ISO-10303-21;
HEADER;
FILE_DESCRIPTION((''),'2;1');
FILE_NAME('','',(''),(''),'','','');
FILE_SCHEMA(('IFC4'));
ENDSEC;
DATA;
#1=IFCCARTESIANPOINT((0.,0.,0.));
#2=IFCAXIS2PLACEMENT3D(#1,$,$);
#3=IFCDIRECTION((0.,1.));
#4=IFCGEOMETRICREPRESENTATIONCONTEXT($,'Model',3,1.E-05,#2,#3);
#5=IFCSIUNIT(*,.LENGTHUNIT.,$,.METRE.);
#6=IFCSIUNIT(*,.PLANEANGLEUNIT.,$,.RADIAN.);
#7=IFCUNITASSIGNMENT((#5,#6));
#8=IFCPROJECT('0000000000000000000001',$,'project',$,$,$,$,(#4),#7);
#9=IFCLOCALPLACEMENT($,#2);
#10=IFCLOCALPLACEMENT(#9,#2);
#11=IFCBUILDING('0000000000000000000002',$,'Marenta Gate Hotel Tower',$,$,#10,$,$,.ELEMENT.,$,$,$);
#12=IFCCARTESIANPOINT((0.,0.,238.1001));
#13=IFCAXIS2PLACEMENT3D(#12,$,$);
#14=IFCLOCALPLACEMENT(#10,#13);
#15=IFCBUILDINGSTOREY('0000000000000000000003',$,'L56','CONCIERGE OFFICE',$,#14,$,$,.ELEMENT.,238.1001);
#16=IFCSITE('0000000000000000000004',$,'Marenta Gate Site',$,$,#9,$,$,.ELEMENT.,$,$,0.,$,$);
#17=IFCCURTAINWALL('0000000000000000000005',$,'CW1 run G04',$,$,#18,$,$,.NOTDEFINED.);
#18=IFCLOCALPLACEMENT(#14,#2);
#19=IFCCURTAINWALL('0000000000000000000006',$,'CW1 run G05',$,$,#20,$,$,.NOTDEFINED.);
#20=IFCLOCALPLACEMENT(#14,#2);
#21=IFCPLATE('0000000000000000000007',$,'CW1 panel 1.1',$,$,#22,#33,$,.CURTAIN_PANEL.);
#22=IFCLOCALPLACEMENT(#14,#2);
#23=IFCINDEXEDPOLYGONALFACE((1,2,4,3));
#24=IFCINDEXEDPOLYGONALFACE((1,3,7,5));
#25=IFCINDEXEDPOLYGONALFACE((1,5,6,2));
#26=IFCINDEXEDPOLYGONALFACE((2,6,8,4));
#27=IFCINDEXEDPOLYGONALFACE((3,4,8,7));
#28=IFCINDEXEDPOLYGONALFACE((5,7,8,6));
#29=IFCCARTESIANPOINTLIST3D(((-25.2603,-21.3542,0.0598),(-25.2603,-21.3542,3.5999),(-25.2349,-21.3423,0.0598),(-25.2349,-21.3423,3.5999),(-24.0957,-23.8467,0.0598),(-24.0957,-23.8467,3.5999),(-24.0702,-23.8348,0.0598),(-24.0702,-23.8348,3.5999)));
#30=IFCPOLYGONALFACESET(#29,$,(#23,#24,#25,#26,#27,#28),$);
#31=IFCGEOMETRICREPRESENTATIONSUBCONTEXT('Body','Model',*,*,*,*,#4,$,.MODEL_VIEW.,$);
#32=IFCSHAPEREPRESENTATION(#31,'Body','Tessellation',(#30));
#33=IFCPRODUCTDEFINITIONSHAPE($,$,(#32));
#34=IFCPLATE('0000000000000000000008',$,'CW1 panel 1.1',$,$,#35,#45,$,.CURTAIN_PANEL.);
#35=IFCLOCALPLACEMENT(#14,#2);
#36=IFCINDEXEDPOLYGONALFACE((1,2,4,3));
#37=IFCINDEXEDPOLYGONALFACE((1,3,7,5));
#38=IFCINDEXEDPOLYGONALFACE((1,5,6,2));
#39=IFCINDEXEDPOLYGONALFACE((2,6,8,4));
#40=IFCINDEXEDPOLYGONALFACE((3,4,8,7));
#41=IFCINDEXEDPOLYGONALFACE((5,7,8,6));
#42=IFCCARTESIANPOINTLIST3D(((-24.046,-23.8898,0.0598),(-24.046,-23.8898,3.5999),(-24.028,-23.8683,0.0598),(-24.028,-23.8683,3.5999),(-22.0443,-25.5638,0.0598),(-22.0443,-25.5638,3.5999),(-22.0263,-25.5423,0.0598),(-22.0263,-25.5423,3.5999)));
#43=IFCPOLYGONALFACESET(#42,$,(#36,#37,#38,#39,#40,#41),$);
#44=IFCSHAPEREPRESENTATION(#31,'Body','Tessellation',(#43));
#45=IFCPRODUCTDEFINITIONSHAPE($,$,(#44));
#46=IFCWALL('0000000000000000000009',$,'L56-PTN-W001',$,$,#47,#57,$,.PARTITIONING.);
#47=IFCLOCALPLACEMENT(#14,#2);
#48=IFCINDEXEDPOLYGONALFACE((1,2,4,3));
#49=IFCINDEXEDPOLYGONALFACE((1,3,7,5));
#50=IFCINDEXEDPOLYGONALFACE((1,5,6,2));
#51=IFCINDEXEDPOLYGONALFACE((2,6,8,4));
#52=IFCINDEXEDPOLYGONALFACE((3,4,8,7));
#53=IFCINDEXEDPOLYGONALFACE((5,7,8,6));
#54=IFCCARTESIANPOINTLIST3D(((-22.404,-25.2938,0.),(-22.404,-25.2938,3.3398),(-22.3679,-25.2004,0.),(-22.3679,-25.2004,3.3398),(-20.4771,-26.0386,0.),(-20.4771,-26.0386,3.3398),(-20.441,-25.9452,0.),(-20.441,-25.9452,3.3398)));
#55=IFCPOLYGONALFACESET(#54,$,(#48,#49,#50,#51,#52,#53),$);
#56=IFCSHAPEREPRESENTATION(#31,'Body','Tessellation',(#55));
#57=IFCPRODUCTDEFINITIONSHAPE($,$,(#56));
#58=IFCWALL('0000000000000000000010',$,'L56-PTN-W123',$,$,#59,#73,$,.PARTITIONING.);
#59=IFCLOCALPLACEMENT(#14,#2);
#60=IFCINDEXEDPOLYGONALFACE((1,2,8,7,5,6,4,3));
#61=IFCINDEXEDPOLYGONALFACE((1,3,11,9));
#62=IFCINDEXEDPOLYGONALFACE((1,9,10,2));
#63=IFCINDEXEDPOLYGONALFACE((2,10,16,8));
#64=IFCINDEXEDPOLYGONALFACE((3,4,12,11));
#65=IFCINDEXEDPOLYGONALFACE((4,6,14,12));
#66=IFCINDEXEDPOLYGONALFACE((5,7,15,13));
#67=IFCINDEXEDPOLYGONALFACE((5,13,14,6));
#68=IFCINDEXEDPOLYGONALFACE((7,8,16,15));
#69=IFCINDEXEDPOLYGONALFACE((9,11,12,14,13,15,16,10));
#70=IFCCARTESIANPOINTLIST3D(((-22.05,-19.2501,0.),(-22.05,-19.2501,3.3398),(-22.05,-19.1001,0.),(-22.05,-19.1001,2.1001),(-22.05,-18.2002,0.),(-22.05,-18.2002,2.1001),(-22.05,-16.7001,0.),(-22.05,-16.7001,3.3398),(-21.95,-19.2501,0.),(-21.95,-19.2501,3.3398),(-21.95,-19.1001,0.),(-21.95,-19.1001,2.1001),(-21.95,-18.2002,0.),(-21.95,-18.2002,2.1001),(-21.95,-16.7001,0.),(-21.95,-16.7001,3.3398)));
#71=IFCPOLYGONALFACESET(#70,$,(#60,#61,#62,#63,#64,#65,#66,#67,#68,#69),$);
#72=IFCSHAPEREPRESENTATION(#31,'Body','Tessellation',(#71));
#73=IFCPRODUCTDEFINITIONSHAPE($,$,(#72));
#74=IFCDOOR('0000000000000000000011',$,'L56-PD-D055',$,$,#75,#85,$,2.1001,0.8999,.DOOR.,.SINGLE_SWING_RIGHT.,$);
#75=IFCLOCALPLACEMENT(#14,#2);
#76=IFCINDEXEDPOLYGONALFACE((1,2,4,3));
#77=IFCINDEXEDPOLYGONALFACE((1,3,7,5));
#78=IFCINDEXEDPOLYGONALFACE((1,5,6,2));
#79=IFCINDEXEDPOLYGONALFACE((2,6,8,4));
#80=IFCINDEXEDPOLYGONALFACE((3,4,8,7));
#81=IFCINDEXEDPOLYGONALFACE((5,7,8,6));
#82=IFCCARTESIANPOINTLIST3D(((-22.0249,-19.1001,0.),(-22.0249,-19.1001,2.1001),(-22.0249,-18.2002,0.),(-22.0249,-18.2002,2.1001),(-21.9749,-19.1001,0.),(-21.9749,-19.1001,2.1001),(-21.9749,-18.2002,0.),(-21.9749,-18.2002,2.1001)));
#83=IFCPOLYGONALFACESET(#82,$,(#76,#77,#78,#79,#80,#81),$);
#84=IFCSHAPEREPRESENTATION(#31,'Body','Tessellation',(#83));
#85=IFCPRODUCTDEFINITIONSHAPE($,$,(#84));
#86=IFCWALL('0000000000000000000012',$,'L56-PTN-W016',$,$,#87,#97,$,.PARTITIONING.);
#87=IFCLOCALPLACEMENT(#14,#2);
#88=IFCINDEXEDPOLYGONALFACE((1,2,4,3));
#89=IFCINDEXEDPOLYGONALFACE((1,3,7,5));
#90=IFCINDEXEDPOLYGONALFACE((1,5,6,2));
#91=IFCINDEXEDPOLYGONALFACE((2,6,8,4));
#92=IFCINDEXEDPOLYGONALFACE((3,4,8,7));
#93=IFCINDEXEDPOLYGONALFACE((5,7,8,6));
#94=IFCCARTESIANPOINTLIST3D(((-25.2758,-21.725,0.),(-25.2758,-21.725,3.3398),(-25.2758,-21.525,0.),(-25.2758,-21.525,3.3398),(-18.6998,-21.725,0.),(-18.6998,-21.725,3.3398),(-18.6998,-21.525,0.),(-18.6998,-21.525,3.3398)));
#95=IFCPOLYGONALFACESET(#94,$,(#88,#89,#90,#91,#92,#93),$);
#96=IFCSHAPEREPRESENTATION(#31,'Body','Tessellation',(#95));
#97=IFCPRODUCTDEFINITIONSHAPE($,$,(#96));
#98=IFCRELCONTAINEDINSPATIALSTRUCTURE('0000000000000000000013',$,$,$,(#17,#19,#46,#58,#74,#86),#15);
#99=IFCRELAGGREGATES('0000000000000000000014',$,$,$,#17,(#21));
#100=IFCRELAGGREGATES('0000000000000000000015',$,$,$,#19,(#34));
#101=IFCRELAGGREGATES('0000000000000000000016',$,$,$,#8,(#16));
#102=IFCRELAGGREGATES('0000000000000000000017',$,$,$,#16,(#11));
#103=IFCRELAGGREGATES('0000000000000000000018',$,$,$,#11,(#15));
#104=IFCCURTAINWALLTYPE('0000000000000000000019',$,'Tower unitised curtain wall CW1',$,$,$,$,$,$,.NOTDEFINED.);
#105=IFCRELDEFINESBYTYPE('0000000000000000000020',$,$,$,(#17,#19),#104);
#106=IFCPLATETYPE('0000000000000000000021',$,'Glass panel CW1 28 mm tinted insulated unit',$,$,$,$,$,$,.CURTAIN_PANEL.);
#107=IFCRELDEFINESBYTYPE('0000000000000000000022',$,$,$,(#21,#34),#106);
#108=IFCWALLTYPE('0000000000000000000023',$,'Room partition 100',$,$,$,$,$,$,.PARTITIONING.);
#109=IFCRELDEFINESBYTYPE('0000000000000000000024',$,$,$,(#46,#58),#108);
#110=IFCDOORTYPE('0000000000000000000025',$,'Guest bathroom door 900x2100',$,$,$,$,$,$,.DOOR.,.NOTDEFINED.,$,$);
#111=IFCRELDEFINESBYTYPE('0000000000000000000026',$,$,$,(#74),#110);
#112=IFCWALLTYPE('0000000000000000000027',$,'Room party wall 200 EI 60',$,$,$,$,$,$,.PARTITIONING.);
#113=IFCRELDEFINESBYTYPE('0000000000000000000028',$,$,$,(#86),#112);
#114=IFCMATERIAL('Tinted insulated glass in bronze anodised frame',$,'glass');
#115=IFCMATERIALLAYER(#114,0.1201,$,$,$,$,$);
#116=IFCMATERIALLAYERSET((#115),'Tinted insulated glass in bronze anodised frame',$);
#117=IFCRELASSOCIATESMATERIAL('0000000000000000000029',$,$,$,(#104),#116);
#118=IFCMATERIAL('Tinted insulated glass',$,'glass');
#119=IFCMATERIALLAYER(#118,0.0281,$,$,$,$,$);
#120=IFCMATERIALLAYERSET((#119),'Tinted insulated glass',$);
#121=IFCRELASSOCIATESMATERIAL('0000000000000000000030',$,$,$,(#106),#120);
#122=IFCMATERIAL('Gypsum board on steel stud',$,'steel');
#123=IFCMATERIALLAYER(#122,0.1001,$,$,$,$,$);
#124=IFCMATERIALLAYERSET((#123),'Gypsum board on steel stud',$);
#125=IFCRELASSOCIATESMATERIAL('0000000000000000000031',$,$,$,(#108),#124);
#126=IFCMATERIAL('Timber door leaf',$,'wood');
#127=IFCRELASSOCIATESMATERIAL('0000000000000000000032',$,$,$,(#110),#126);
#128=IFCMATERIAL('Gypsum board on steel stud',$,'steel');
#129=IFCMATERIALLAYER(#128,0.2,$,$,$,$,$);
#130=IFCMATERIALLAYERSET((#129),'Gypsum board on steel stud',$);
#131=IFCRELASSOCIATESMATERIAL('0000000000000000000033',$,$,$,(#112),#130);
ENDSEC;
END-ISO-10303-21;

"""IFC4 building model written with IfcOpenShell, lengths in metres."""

from ifc_helpers import new_model, si_unit, direction, frame, frame_2d, origin, origin_2d, place, context, subcontext, project, spatial, rectangle, extrude, material, layer, layer_set, type_object, element, fill, aggregate, save


model = new_model("IFC4")

# Units and contexts
model_context = context("Model", 3, precision=1e-05, world=origin(), true_north=direction((0.0, 1.0)))
body_context = subcontext(model_context, "Body", "Model", "MODEL_VIEW")
ifc_project = project(units=[si_unit("LENGTHUNIT", "METRE"), si_unit("PLANEANGLEUNIT", "RADIAN")], contexts=[model_context])

# Site, building, storey
site_placement = place(None, origin())
site = spatial("IfcSite", under=ifc_project, at=site_placement, Name="Marenta Gate Site", CompositionType="ELEMENT", RefElevation=0.0)
building_placement = place(site_placement, origin())
building = spatial("IfcBuilding", under=site, at=building_placement, Name="Marenta Gate Hotel Tower", CompositionType="ELEMENT")
storey_placement = place(building_placement, frame((0.0, 0.0, 238.1001)))
storey = spatial("IfcBuildingStorey", under=building, at=storey_placement, Name="L56", Description="CONCIERGE OFFICE", CompositionType="ELEMENT", Elevation=238.1001)

# Curtain walls
ifc_material_1 = material(Name="Tinted insulated glass in bronze anodised frame", Category="glass")
ifc_layer_1 = layer(ifc_material_1, 0.1201)
ifc_layer_set_1 = layer_set([ifc_layer_1], Name="Tinted insulated glass in bronze anodised frame")
curtain_wall_type = type_object("IfcCurtainWallType", Name="Tower unitised curtain wall CW1", PredefinedType="NOTDEFINED", material=ifc_layer_set_1)
curtain_wall_1_placement = place(storey_placement, origin())
curtain_wall_1 = element("IfcCurtainWall", 1, at=curtain_wall_1_placement, inside=storey, type_object=curtain_wall_type, Name="CW1 run G04", PredefinedType="NOTDEFINED")
curtain_wall_2_placement = place(storey_placement, origin())
curtain_wall_2 = element("IfcCurtainWall", 2, at=curtain_wall_2_placement, inside=storey, type_object=curtain_wall_type, Name="CW1 run G05", PredefinedType="NOTDEFINED")

# Plates
ifc_material_2 = material(Name="Tinted insulated glass", Category="glass")
ifc_layer_2 = layer(ifc_material_2, 0.0281)
ifc_layer_set_2 = layer_set([ifc_layer_2], Name="Tinted insulated glass")
plate_type = type_object("IfcPlateType", Name="Glass panel CW1 28 mm tinted insulated unit", PredefinedType="CURTAIN_PANEL", material=ifc_layer_set_2)
plate_1_placement = place(storey_placement, frame((-24.6653, -22.5945, 0.0598), z_axis=(0.0, 0.0, 1.0), x_axis=(0.423337, -0.905972, 0.0)))
plate_1 = element("IfcPlate", 3, at=plate_1_placement, type_object=plate_type, Name="CW1 panel 1.1", PredefinedType="CURTAIN_PANEL", context=body_context, shape_type="SweptSolid", body=[
    extrude(rectangle(XDim=2.7512, YDim=0.0281, at=origin_2d()), origin(), (0.0, 0.0, 1.0), 3.54),
])
aggregate(curtain_wall_1, [plate_1])
plate_2_placement = place(storey_placement, frame((-23.0361, -24.7161, 0.0598), z_axis=(0.0, 0.0, 1.0), x_axis=(0.767102, -0.641525, 0.0)))
plate_2 = element("IfcPlate", 4, at=plate_2_placement, type_object=plate_type, Name="CW1 panel 1.1", PredefinedType="CURTAIN_PANEL", context=body_context, shape_type="SweptSolid", body=[
    extrude(rectangle(XDim=2.6094, YDim=0.0281, at=origin_2d()), origin(), (0.0, 0.0, 1.0), 3.54),
])
aggregate(curtain_wall_2, [plate_2])

# Wall
ifc_material_3 = material(Name="Gypsum board on steel stud", Category="steel")
ifc_layer_3 = layer(ifc_material_3, 0.1001)
ifc_layer_set_3 = layer_set([ifc_layer_3], Name="Gypsum board on steel stud")
wall_type_1 = type_object("IfcWallType", Name="Room partition 100", PredefinedType="PARTITIONING", material=ifc_layer_set_3)
wall_1_placement = place(storey_placement, frame((-22.386, -25.2471, 0.0), z_axis=(0.0, 0.0, 1.0), x_axis=(0.932741, -0.360546, 0.0)))
element("IfcWall", 5, at=wall_1_placement, inside=storey, type_object=wall_type_1, Name="L56-PTN-W001", PredefinedType="PARTITIONING", context=body_context, shape_type="SweptSolid", body=[
    extrude(rectangle(XDim=2.0659, YDim=0.1001, at=frame_2d((1.033, 0.0))), origin(), (0.0, 0.0, 1.0), 3.3398),
])

# Wall, opening, door
wall_2_placement = place(storey_placement, frame((-22.0, -19.25, 0.0), z_axis=(0.0, 0.0, 1.0), x_axis=(0.0, 1.0, 0.0)))
wall_2 = element("IfcWall", 6, at=wall_2_placement, inside=storey, type_object=wall_type_1, Name="L56-PTN-W123", PredefinedType="PARTITIONING", context=body_context, shape_type="SweptSolid", body=[
    extrude(rectangle(XDim=2.55, YDim=0.1001, at=frame_2d((1.2749, 0.0))), origin(), (0.0, 0.0, 1.0), 3.3398),
])
opening_placement = place(wall_2_placement, frame((0.1499, 0.0, 0.0)))
opening = element("IfcOpeningElement", 7, at=opening_placement, cuts=wall_2, PredefinedType="OPENING", context=body_context, shape_type="SweptSolid", body=[
    extrude(rectangle(XDim=0.8999, YDim=2.1001, at=frame_2d((0.45, 1.05))), frame((0.0, 0.05, 0.0), z_axis=(0.0, -1.0, 0.0), x_axis=(1.0, 0.0, 0.0)), (0.0, 0.0, 1.0), 0.1001),
])
ifc_material_4 = material(Name="Timber door leaf", Category="wood")
door_type = type_object("IfcDoorType", Name="Guest bathroom door 900x2100", OperationType="NOTDEFINED", PredefinedType="DOOR", material=ifc_material_4)
door_placement = place(opening_placement, origin())
door = element("IfcDoor", 8, at=door_placement, inside=storey, type_object=door_type, Name="L56-PD-D055", OperationType="SINGLE_SWING_RIGHT", OverallHeight=2.1001, OverallWidth=0.8999, PredefinedType="DOOR", context=body_context, shape_type="SweptSolid", body=[
    extrude(rectangle(XDim=0.8999, YDim=2.1001, at=frame_2d((0.45, 1.05))), frame((0.0, 0.0249, 0.0), z_axis=(0.0, -1.0, 0.0), x_axis=(1.0, 0.0, 0.0)), (0.0, 0.0, 1.0), 0.05),
])
fill(opening, door)

# Wall
ifc_material_5 = material(Name="Gypsum board on steel stud", Category="steel")
ifc_layer_4 = layer(ifc_material_5, 0.2)
ifc_layer_set_4 = layer_set([ifc_layer_4], Name="Gypsum board on steel stud")
wall_type_2 = type_object("IfcWallType", Name="Room party wall 200 EI 60", PredefinedType="PARTITIONING", material=ifc_layer_set_4)
wall_3_placement = place(storey_placement, frame((-25.2759, -21.625, 0.0), z_axis=(0.0, 0.0, 1.0), x_axis=(1.0, 0.0, 0.0)))
element("IfcWall", 9, at=wall_3_placement, inside=storey, type_object=wall_type_2, Name="L56-PTN-W016", PredefinedType="PARTITIONING", context=body_context, shape_type="SweptSolid", body=[
    extrude(rectangle(XDim=6.5759, YDim=0.2, at=frame_2d((3.2881, 0.0))), origin(), (0.0, 0.0, 1.0), 3.3398),
])

save(model, "model.ifc")
